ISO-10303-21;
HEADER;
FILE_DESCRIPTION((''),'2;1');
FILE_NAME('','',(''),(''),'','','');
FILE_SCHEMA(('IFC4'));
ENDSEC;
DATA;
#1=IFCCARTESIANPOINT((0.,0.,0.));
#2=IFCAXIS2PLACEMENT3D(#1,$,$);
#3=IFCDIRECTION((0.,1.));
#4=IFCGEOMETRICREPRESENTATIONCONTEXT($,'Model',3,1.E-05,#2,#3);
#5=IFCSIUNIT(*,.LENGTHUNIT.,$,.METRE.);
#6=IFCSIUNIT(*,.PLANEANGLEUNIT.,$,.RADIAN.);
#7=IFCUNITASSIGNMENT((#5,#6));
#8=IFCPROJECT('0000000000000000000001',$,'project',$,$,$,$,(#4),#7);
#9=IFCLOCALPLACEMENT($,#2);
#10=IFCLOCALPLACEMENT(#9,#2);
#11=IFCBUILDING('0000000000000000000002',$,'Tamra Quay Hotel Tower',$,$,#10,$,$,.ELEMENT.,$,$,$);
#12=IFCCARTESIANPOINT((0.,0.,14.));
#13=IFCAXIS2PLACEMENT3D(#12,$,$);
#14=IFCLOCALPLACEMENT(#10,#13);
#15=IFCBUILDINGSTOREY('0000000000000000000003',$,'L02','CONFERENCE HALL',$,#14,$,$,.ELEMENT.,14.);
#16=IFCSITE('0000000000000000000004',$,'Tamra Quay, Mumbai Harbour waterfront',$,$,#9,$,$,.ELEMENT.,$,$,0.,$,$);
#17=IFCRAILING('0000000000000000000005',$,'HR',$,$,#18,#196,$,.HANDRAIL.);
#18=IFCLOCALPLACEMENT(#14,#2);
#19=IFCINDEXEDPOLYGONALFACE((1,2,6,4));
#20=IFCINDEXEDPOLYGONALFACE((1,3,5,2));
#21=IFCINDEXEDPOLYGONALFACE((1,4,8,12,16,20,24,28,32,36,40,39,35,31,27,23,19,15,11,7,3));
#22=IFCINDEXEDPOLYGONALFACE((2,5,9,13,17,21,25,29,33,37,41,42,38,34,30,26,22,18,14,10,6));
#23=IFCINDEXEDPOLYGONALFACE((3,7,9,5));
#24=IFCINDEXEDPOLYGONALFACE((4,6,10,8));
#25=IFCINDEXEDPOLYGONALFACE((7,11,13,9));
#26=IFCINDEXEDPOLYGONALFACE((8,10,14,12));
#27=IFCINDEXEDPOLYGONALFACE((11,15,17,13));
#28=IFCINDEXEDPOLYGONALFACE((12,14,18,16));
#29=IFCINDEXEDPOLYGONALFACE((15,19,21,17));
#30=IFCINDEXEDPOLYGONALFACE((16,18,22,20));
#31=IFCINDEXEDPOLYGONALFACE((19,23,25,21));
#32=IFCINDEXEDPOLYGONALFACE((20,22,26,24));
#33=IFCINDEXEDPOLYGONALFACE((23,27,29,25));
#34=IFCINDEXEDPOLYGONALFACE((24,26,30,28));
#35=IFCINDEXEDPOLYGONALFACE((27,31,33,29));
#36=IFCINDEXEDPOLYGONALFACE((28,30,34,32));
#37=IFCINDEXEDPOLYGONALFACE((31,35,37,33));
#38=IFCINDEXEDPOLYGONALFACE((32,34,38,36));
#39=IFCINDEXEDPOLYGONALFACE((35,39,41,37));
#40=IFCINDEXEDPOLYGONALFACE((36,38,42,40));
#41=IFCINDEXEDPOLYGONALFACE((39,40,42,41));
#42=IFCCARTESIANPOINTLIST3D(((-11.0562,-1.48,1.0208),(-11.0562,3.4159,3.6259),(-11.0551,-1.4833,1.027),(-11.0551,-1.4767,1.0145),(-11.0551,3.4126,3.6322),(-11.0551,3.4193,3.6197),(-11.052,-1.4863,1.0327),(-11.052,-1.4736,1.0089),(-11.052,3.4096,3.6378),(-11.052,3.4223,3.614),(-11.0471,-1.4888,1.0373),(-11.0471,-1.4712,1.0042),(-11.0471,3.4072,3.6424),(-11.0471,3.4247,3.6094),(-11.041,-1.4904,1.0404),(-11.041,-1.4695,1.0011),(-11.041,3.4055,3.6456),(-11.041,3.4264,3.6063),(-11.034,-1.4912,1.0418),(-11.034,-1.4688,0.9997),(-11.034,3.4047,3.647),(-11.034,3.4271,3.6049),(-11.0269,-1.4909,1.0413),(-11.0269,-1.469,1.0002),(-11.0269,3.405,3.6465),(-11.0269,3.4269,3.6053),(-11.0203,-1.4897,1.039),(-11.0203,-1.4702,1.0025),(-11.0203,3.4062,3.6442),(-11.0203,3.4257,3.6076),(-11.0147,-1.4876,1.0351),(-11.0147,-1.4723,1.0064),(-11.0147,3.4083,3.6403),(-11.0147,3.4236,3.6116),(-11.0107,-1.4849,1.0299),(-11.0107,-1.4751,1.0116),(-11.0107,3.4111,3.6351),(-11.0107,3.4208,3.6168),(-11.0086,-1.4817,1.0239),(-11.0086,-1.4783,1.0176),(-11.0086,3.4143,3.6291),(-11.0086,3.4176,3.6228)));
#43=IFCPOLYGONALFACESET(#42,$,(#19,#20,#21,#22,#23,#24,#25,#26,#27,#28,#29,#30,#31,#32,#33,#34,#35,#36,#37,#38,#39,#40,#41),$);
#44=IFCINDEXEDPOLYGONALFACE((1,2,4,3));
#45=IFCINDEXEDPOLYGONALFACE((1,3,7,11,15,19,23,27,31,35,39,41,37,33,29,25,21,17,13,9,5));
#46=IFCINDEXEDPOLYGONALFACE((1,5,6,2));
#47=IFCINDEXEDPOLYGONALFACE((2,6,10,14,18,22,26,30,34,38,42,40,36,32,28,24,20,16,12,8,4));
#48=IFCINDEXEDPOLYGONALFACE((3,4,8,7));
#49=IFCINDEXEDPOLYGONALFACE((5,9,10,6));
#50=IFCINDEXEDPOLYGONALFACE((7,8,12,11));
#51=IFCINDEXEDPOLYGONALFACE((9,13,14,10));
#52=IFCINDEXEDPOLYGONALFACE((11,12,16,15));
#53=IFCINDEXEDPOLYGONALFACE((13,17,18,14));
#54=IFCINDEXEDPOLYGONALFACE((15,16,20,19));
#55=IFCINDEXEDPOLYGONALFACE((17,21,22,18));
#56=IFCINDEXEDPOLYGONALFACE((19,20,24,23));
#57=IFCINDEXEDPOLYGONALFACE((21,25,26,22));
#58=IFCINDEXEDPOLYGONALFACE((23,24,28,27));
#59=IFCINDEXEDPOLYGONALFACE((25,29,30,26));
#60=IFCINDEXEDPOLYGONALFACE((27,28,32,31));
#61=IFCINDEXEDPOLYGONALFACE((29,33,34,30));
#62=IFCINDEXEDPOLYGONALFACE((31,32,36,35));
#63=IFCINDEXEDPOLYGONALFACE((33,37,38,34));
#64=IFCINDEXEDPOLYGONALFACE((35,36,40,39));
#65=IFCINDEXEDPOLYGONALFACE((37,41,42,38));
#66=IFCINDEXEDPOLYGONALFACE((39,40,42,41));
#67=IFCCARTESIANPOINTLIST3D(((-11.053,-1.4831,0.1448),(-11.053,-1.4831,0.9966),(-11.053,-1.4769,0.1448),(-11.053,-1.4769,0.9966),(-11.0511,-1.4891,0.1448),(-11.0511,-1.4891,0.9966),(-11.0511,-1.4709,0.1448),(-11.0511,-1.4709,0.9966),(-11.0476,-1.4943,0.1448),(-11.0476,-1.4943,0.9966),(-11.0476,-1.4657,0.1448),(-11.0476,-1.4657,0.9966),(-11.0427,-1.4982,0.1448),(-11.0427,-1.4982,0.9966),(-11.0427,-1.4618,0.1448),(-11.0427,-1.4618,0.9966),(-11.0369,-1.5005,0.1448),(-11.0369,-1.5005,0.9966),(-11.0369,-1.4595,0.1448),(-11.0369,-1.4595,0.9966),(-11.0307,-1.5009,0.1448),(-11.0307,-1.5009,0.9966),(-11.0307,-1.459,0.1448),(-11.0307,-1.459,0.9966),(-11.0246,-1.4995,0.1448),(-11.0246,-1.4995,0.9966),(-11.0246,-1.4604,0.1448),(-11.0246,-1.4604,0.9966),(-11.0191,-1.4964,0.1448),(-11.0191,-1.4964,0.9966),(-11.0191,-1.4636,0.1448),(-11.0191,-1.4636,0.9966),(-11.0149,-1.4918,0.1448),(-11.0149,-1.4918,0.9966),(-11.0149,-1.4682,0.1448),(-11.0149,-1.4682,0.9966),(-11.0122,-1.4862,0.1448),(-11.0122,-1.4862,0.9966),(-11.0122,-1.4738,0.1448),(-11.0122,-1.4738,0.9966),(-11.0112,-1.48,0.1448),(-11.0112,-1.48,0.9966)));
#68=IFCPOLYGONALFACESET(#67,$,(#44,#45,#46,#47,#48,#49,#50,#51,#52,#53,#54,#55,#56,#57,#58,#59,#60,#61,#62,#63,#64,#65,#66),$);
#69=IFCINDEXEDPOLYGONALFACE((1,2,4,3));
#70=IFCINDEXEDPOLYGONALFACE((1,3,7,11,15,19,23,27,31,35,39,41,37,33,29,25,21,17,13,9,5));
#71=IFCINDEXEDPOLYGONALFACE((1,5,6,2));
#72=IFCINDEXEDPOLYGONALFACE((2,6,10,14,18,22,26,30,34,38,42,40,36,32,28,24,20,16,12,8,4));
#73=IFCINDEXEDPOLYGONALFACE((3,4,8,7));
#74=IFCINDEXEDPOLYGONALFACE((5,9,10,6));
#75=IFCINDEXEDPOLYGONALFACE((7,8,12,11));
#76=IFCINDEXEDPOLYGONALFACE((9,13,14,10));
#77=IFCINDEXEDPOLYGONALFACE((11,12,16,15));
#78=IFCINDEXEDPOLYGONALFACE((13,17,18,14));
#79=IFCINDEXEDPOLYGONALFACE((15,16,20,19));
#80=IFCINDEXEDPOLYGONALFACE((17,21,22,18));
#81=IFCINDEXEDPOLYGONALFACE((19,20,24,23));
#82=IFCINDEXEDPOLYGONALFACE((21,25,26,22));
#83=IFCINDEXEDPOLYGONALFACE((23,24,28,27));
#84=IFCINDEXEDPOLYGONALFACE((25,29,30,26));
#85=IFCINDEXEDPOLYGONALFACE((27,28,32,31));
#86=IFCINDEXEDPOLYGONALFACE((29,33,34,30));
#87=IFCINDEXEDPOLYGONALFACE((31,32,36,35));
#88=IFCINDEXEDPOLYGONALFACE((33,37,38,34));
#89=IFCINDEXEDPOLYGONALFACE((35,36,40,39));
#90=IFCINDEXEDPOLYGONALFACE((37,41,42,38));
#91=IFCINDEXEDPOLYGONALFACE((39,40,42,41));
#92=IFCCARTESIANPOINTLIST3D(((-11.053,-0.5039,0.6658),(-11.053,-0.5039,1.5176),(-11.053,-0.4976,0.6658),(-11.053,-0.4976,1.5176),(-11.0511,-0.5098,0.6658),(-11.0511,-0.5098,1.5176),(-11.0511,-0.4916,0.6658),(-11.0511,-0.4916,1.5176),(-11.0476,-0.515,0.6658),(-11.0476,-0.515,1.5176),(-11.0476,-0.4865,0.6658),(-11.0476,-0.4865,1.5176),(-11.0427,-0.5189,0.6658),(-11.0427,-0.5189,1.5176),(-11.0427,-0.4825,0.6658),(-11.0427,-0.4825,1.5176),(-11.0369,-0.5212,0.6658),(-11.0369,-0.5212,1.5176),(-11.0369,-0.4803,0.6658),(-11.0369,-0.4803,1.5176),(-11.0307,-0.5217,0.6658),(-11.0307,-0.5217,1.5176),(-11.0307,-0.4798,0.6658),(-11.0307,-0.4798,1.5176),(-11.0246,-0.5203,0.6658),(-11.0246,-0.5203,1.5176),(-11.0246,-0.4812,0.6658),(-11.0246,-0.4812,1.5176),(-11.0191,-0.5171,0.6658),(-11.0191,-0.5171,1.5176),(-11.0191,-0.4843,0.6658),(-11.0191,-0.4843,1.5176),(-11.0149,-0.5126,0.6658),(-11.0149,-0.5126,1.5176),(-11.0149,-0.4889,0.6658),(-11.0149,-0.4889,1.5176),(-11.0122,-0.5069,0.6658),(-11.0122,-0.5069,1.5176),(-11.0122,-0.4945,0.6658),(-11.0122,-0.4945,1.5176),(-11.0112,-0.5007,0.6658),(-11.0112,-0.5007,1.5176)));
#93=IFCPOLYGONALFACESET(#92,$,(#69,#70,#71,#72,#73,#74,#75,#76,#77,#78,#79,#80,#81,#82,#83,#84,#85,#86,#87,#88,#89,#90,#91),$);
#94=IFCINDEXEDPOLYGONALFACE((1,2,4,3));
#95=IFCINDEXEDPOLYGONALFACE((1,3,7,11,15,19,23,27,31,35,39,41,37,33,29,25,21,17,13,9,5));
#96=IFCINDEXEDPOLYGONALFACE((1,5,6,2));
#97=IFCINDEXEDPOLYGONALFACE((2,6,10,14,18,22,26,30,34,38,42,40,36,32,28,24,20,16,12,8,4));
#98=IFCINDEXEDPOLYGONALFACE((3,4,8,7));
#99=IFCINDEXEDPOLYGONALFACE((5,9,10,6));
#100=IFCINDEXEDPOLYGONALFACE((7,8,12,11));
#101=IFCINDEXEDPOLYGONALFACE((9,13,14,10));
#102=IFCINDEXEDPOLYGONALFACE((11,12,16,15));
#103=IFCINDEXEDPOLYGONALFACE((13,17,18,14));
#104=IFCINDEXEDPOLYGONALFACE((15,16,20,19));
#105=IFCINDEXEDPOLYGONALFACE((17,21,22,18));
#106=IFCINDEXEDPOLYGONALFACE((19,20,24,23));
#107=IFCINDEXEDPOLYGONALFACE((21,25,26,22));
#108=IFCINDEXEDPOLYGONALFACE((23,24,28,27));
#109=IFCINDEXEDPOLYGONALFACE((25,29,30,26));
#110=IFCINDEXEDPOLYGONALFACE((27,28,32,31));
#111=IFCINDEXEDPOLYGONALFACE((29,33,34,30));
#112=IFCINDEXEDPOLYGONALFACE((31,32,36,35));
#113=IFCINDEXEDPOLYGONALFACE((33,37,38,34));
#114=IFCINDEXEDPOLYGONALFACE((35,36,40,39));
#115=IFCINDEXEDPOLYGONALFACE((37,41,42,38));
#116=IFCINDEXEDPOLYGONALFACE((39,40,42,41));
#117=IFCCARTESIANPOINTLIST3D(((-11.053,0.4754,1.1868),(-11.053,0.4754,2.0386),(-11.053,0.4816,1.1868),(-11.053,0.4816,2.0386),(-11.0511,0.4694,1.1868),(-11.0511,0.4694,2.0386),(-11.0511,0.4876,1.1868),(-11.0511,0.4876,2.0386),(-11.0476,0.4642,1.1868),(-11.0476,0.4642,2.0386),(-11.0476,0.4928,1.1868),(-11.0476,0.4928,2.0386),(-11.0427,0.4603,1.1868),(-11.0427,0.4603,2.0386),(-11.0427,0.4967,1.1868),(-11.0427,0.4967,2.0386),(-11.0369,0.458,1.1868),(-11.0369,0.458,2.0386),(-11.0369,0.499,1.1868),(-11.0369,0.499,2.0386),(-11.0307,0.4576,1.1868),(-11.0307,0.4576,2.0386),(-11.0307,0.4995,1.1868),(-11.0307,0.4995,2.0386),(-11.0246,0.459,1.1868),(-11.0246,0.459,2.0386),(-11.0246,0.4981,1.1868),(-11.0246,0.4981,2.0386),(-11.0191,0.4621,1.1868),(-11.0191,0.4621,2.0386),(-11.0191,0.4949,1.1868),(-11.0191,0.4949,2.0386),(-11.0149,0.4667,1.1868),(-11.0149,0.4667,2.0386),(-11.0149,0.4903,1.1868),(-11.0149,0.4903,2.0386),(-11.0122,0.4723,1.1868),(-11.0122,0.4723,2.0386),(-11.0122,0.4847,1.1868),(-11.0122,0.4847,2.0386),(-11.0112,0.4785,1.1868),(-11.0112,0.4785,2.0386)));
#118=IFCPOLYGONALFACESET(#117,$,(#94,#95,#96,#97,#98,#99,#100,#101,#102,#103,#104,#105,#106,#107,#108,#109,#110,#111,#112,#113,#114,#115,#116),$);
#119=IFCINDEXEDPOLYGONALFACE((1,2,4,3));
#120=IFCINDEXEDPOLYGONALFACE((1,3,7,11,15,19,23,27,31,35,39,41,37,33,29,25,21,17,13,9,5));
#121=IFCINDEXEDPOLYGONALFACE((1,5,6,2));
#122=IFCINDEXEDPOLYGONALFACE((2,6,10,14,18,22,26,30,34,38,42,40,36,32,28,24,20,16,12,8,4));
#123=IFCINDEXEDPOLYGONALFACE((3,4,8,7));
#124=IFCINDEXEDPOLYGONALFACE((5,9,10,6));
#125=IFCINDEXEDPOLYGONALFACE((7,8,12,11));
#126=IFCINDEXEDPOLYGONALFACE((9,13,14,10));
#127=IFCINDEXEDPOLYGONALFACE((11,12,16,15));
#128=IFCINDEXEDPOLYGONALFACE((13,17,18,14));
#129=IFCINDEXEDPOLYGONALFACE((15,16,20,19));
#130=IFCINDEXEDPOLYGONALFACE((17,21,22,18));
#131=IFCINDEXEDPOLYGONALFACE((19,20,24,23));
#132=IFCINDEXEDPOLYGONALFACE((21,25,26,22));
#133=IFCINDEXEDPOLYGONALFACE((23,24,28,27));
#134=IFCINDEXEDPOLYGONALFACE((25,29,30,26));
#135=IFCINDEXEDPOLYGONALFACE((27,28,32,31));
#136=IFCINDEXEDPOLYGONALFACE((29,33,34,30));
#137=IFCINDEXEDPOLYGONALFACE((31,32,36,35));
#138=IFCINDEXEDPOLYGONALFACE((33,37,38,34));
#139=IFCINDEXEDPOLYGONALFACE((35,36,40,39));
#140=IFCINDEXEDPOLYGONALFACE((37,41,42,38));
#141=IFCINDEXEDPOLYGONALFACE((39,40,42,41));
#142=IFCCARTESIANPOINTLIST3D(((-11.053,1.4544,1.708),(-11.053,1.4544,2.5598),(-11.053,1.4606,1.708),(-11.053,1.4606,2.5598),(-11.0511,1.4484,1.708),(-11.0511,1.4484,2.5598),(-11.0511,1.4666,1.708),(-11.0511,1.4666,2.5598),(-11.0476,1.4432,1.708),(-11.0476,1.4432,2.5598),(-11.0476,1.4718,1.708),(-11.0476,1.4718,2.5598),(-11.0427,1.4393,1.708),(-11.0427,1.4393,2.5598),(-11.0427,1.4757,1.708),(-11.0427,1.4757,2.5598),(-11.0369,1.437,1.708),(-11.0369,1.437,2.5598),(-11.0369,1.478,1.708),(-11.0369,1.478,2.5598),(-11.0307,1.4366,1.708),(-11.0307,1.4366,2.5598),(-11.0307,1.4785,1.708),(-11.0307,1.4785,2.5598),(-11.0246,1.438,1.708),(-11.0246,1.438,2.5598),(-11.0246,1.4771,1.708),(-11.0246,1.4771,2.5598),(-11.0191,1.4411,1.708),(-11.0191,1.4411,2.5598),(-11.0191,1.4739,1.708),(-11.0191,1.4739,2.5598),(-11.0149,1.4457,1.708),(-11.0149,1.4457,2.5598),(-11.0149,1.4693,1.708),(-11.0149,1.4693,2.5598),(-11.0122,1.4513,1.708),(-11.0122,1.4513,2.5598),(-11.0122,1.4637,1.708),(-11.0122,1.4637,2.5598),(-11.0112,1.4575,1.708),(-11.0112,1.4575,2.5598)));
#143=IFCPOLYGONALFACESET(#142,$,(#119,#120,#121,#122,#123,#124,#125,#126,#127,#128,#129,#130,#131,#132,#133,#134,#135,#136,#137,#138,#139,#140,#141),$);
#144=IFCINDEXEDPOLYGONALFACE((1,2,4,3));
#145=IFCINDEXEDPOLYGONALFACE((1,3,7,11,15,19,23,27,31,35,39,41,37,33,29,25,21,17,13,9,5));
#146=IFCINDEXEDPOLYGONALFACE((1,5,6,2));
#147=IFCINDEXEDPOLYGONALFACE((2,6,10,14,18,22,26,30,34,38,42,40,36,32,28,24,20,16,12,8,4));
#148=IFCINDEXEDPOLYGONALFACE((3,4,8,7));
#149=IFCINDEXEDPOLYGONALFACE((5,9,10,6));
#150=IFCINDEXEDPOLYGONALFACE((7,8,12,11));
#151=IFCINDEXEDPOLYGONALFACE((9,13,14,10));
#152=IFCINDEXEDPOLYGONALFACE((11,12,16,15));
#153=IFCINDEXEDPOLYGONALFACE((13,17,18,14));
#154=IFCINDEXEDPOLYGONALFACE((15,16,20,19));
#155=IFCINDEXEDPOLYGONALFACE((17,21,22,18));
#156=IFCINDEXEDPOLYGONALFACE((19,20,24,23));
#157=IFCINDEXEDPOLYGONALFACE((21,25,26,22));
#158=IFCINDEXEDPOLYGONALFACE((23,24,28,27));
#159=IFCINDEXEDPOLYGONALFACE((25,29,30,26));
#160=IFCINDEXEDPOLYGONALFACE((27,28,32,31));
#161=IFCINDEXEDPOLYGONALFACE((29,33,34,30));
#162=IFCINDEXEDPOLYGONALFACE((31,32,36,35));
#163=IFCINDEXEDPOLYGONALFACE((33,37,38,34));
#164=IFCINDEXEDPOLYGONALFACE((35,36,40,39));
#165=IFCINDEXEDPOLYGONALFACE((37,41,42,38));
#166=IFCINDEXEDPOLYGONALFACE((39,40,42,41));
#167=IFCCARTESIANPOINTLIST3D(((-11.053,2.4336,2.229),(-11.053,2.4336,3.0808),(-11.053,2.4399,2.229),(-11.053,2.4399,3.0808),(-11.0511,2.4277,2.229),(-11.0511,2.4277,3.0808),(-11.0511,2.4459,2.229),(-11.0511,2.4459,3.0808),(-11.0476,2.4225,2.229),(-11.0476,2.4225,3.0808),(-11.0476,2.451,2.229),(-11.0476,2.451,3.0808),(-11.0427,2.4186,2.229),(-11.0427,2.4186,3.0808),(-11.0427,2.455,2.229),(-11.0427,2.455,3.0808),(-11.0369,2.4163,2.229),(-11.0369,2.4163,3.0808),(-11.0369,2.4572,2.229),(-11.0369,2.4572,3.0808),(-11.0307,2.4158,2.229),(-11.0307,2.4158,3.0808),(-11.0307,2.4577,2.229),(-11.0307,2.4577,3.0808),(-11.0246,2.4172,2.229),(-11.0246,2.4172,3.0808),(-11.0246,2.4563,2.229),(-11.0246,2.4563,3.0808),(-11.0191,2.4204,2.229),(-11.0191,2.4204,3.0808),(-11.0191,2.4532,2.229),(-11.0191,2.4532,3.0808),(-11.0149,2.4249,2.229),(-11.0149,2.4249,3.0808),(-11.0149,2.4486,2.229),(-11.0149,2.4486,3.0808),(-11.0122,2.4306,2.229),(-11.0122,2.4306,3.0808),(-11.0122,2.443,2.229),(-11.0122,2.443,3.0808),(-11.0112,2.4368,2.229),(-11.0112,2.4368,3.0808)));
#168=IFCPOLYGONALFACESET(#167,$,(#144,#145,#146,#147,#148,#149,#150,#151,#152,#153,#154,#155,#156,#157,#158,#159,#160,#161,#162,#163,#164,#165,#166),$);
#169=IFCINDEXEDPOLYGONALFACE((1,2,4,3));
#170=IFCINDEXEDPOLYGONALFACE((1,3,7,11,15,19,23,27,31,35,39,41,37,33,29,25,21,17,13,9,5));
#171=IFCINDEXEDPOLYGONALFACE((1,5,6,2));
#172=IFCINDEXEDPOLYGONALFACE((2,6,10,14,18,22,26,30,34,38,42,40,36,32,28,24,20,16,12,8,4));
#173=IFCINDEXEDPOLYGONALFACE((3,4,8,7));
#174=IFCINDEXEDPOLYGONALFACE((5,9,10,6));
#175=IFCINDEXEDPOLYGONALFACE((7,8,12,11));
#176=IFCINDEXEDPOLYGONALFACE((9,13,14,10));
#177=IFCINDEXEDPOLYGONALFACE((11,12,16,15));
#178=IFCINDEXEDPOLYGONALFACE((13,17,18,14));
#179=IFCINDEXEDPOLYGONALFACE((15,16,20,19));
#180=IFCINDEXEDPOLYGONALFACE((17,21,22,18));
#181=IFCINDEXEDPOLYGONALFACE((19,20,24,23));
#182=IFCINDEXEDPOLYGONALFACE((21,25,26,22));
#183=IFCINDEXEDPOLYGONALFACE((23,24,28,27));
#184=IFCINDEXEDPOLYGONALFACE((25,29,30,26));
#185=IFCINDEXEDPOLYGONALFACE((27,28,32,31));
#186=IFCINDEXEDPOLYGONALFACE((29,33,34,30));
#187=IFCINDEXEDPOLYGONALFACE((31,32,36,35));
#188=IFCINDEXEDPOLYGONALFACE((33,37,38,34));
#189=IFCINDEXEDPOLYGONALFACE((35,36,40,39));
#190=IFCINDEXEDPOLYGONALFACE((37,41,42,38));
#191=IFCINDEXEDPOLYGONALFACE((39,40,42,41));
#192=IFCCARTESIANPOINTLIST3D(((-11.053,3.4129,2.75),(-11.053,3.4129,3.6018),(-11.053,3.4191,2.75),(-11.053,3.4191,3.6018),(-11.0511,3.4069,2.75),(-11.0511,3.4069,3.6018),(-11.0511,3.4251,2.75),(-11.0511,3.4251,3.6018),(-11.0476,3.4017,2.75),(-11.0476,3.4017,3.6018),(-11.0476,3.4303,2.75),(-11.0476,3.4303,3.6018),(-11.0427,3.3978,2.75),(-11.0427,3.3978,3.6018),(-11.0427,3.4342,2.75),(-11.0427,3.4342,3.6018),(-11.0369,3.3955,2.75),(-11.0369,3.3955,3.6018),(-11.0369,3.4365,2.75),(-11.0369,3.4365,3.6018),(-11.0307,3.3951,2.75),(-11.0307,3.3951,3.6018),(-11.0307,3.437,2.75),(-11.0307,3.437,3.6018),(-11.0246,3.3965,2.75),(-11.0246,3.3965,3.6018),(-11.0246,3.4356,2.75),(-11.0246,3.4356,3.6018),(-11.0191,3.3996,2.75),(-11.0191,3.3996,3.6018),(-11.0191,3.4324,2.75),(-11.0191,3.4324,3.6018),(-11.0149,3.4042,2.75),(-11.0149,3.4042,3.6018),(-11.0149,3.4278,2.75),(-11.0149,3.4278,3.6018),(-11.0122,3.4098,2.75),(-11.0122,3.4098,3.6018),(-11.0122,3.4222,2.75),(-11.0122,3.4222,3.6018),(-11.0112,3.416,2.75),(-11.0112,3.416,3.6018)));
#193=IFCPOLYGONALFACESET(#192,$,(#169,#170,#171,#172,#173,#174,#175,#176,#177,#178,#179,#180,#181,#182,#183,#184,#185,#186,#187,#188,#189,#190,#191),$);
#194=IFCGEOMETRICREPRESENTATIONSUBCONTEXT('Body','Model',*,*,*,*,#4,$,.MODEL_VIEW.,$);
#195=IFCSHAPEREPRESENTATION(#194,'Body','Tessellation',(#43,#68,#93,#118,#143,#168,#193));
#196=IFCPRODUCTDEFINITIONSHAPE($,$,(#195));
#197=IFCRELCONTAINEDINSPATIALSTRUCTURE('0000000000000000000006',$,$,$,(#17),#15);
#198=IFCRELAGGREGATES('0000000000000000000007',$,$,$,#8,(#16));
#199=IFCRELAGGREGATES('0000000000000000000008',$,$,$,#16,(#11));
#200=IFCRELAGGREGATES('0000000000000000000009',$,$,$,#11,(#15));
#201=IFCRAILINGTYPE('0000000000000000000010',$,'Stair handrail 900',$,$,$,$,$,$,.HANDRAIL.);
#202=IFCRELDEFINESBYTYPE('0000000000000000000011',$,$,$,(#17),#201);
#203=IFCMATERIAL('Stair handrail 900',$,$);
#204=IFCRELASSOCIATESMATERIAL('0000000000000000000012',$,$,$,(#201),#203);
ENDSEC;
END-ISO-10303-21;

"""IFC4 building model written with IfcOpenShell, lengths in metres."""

from ifc_helpers import new_model, si_unit, direction, frame, origin, origin_2d, place, context, subcontext, project, spatial, circle, extrude, material, type_object, element, save


model = new_model("IFC4")

# Units and contexts
model_context = context("Model", 3, precision=1e-05, world=origin(), true_north=direction((0.0, 1.0)))
body_context = subcontext(model_context, "Body", "Model", "MODEL_VIEW")
ifc_project = project(units=[si_unit("LENGTHUNIT", "METRE"), si_unit("PLANEANGLEUNIT", "RADIAN")], contexts=[model_context])

# Site, building, storey
site_placement = place(None, origin())
site = spatial("IfcSite", under=ifc_project, at=site_placement, Name="Tamra Quay, Mumbai Harbour waterfront", CompositionType="ELEMENT", RefElevation=0.0)
building_placement = place(site_placement, origin())
building = spatial("IfcBuilding", under=site, at=building_placement, Name="Tamra Quay Hotel Tower", CompositionType="ELEMENT")
storey_placement = place(building_placement, frame((0.0, 0.0, 14.0)))
storey = spatial("IfcBuildingStorey", under=building, at=storey_placement, Name="L02", Description="CONFERENCE HALL", CompositionType="ELEMENT", Elevation=14.0)

# Railing
ifc_material_1 = material(Name="Stair handrail 900")
railing_type_1 = type_object("IfcRailingType", Name="Stair handrail 900", PredefinedType="HANDRAIL", material=ifc_material_1)
railing_1_placement = place(storey_placement, frame((-11.0322, -1.48, 0.1448)))
element("IfcRailing", 1, at=railing_1_placement, inside=storey, type_object=railing_type_1, Name="HR", PredefinedType="HANDRAIL", context=body_context, shape_type="SweptSolid", body=[
    extrude(circle(Radius=0.0239, at=origin_2d()), frame((0.0, 0.0, 0.876), z_axis=(0.0, 0.8828, 0.469749), x_axis=(-1.0, 0.0, 0.0)), (0.0, 0.0, 1.0), 5.5459),
    extrude(circle(Radius=0.021, at=origin_2d()), origin(), (0.0, 0.0, 1.0), 0.8518),
    extrude(circle(Radius=0.021, at=origin_2d()), frame((0.0, 0.9792, 0.521)), (0.0, 0.0, 1.0), 0.8518),
    extrude(circle(Radius=0.021, at=origin_2d()), frame((0.0, 1.9585, 1.042)), (0.0, 0.0, 1.0), 0.8518),
    extrude(circle(Radius=0.021, at=origin_2d()), frame((0.0, 2.9375, 1.5632)), (0.0, 0.0, 1.0), 0.8518),
    extrude(circle(Radius=0.021, at=origin_2d()), frame((0.0, 3.9167, 2.0842)), (0.0, 0.0, 1.0), 0.8518),
    extrude(circle(Radius=0.021, at=origin_2d()), frame((0.0, 4.896, 2.6052)), (0.0, 0.0, 1.0), 0.8518),
])

save(model, "model.ifc")
